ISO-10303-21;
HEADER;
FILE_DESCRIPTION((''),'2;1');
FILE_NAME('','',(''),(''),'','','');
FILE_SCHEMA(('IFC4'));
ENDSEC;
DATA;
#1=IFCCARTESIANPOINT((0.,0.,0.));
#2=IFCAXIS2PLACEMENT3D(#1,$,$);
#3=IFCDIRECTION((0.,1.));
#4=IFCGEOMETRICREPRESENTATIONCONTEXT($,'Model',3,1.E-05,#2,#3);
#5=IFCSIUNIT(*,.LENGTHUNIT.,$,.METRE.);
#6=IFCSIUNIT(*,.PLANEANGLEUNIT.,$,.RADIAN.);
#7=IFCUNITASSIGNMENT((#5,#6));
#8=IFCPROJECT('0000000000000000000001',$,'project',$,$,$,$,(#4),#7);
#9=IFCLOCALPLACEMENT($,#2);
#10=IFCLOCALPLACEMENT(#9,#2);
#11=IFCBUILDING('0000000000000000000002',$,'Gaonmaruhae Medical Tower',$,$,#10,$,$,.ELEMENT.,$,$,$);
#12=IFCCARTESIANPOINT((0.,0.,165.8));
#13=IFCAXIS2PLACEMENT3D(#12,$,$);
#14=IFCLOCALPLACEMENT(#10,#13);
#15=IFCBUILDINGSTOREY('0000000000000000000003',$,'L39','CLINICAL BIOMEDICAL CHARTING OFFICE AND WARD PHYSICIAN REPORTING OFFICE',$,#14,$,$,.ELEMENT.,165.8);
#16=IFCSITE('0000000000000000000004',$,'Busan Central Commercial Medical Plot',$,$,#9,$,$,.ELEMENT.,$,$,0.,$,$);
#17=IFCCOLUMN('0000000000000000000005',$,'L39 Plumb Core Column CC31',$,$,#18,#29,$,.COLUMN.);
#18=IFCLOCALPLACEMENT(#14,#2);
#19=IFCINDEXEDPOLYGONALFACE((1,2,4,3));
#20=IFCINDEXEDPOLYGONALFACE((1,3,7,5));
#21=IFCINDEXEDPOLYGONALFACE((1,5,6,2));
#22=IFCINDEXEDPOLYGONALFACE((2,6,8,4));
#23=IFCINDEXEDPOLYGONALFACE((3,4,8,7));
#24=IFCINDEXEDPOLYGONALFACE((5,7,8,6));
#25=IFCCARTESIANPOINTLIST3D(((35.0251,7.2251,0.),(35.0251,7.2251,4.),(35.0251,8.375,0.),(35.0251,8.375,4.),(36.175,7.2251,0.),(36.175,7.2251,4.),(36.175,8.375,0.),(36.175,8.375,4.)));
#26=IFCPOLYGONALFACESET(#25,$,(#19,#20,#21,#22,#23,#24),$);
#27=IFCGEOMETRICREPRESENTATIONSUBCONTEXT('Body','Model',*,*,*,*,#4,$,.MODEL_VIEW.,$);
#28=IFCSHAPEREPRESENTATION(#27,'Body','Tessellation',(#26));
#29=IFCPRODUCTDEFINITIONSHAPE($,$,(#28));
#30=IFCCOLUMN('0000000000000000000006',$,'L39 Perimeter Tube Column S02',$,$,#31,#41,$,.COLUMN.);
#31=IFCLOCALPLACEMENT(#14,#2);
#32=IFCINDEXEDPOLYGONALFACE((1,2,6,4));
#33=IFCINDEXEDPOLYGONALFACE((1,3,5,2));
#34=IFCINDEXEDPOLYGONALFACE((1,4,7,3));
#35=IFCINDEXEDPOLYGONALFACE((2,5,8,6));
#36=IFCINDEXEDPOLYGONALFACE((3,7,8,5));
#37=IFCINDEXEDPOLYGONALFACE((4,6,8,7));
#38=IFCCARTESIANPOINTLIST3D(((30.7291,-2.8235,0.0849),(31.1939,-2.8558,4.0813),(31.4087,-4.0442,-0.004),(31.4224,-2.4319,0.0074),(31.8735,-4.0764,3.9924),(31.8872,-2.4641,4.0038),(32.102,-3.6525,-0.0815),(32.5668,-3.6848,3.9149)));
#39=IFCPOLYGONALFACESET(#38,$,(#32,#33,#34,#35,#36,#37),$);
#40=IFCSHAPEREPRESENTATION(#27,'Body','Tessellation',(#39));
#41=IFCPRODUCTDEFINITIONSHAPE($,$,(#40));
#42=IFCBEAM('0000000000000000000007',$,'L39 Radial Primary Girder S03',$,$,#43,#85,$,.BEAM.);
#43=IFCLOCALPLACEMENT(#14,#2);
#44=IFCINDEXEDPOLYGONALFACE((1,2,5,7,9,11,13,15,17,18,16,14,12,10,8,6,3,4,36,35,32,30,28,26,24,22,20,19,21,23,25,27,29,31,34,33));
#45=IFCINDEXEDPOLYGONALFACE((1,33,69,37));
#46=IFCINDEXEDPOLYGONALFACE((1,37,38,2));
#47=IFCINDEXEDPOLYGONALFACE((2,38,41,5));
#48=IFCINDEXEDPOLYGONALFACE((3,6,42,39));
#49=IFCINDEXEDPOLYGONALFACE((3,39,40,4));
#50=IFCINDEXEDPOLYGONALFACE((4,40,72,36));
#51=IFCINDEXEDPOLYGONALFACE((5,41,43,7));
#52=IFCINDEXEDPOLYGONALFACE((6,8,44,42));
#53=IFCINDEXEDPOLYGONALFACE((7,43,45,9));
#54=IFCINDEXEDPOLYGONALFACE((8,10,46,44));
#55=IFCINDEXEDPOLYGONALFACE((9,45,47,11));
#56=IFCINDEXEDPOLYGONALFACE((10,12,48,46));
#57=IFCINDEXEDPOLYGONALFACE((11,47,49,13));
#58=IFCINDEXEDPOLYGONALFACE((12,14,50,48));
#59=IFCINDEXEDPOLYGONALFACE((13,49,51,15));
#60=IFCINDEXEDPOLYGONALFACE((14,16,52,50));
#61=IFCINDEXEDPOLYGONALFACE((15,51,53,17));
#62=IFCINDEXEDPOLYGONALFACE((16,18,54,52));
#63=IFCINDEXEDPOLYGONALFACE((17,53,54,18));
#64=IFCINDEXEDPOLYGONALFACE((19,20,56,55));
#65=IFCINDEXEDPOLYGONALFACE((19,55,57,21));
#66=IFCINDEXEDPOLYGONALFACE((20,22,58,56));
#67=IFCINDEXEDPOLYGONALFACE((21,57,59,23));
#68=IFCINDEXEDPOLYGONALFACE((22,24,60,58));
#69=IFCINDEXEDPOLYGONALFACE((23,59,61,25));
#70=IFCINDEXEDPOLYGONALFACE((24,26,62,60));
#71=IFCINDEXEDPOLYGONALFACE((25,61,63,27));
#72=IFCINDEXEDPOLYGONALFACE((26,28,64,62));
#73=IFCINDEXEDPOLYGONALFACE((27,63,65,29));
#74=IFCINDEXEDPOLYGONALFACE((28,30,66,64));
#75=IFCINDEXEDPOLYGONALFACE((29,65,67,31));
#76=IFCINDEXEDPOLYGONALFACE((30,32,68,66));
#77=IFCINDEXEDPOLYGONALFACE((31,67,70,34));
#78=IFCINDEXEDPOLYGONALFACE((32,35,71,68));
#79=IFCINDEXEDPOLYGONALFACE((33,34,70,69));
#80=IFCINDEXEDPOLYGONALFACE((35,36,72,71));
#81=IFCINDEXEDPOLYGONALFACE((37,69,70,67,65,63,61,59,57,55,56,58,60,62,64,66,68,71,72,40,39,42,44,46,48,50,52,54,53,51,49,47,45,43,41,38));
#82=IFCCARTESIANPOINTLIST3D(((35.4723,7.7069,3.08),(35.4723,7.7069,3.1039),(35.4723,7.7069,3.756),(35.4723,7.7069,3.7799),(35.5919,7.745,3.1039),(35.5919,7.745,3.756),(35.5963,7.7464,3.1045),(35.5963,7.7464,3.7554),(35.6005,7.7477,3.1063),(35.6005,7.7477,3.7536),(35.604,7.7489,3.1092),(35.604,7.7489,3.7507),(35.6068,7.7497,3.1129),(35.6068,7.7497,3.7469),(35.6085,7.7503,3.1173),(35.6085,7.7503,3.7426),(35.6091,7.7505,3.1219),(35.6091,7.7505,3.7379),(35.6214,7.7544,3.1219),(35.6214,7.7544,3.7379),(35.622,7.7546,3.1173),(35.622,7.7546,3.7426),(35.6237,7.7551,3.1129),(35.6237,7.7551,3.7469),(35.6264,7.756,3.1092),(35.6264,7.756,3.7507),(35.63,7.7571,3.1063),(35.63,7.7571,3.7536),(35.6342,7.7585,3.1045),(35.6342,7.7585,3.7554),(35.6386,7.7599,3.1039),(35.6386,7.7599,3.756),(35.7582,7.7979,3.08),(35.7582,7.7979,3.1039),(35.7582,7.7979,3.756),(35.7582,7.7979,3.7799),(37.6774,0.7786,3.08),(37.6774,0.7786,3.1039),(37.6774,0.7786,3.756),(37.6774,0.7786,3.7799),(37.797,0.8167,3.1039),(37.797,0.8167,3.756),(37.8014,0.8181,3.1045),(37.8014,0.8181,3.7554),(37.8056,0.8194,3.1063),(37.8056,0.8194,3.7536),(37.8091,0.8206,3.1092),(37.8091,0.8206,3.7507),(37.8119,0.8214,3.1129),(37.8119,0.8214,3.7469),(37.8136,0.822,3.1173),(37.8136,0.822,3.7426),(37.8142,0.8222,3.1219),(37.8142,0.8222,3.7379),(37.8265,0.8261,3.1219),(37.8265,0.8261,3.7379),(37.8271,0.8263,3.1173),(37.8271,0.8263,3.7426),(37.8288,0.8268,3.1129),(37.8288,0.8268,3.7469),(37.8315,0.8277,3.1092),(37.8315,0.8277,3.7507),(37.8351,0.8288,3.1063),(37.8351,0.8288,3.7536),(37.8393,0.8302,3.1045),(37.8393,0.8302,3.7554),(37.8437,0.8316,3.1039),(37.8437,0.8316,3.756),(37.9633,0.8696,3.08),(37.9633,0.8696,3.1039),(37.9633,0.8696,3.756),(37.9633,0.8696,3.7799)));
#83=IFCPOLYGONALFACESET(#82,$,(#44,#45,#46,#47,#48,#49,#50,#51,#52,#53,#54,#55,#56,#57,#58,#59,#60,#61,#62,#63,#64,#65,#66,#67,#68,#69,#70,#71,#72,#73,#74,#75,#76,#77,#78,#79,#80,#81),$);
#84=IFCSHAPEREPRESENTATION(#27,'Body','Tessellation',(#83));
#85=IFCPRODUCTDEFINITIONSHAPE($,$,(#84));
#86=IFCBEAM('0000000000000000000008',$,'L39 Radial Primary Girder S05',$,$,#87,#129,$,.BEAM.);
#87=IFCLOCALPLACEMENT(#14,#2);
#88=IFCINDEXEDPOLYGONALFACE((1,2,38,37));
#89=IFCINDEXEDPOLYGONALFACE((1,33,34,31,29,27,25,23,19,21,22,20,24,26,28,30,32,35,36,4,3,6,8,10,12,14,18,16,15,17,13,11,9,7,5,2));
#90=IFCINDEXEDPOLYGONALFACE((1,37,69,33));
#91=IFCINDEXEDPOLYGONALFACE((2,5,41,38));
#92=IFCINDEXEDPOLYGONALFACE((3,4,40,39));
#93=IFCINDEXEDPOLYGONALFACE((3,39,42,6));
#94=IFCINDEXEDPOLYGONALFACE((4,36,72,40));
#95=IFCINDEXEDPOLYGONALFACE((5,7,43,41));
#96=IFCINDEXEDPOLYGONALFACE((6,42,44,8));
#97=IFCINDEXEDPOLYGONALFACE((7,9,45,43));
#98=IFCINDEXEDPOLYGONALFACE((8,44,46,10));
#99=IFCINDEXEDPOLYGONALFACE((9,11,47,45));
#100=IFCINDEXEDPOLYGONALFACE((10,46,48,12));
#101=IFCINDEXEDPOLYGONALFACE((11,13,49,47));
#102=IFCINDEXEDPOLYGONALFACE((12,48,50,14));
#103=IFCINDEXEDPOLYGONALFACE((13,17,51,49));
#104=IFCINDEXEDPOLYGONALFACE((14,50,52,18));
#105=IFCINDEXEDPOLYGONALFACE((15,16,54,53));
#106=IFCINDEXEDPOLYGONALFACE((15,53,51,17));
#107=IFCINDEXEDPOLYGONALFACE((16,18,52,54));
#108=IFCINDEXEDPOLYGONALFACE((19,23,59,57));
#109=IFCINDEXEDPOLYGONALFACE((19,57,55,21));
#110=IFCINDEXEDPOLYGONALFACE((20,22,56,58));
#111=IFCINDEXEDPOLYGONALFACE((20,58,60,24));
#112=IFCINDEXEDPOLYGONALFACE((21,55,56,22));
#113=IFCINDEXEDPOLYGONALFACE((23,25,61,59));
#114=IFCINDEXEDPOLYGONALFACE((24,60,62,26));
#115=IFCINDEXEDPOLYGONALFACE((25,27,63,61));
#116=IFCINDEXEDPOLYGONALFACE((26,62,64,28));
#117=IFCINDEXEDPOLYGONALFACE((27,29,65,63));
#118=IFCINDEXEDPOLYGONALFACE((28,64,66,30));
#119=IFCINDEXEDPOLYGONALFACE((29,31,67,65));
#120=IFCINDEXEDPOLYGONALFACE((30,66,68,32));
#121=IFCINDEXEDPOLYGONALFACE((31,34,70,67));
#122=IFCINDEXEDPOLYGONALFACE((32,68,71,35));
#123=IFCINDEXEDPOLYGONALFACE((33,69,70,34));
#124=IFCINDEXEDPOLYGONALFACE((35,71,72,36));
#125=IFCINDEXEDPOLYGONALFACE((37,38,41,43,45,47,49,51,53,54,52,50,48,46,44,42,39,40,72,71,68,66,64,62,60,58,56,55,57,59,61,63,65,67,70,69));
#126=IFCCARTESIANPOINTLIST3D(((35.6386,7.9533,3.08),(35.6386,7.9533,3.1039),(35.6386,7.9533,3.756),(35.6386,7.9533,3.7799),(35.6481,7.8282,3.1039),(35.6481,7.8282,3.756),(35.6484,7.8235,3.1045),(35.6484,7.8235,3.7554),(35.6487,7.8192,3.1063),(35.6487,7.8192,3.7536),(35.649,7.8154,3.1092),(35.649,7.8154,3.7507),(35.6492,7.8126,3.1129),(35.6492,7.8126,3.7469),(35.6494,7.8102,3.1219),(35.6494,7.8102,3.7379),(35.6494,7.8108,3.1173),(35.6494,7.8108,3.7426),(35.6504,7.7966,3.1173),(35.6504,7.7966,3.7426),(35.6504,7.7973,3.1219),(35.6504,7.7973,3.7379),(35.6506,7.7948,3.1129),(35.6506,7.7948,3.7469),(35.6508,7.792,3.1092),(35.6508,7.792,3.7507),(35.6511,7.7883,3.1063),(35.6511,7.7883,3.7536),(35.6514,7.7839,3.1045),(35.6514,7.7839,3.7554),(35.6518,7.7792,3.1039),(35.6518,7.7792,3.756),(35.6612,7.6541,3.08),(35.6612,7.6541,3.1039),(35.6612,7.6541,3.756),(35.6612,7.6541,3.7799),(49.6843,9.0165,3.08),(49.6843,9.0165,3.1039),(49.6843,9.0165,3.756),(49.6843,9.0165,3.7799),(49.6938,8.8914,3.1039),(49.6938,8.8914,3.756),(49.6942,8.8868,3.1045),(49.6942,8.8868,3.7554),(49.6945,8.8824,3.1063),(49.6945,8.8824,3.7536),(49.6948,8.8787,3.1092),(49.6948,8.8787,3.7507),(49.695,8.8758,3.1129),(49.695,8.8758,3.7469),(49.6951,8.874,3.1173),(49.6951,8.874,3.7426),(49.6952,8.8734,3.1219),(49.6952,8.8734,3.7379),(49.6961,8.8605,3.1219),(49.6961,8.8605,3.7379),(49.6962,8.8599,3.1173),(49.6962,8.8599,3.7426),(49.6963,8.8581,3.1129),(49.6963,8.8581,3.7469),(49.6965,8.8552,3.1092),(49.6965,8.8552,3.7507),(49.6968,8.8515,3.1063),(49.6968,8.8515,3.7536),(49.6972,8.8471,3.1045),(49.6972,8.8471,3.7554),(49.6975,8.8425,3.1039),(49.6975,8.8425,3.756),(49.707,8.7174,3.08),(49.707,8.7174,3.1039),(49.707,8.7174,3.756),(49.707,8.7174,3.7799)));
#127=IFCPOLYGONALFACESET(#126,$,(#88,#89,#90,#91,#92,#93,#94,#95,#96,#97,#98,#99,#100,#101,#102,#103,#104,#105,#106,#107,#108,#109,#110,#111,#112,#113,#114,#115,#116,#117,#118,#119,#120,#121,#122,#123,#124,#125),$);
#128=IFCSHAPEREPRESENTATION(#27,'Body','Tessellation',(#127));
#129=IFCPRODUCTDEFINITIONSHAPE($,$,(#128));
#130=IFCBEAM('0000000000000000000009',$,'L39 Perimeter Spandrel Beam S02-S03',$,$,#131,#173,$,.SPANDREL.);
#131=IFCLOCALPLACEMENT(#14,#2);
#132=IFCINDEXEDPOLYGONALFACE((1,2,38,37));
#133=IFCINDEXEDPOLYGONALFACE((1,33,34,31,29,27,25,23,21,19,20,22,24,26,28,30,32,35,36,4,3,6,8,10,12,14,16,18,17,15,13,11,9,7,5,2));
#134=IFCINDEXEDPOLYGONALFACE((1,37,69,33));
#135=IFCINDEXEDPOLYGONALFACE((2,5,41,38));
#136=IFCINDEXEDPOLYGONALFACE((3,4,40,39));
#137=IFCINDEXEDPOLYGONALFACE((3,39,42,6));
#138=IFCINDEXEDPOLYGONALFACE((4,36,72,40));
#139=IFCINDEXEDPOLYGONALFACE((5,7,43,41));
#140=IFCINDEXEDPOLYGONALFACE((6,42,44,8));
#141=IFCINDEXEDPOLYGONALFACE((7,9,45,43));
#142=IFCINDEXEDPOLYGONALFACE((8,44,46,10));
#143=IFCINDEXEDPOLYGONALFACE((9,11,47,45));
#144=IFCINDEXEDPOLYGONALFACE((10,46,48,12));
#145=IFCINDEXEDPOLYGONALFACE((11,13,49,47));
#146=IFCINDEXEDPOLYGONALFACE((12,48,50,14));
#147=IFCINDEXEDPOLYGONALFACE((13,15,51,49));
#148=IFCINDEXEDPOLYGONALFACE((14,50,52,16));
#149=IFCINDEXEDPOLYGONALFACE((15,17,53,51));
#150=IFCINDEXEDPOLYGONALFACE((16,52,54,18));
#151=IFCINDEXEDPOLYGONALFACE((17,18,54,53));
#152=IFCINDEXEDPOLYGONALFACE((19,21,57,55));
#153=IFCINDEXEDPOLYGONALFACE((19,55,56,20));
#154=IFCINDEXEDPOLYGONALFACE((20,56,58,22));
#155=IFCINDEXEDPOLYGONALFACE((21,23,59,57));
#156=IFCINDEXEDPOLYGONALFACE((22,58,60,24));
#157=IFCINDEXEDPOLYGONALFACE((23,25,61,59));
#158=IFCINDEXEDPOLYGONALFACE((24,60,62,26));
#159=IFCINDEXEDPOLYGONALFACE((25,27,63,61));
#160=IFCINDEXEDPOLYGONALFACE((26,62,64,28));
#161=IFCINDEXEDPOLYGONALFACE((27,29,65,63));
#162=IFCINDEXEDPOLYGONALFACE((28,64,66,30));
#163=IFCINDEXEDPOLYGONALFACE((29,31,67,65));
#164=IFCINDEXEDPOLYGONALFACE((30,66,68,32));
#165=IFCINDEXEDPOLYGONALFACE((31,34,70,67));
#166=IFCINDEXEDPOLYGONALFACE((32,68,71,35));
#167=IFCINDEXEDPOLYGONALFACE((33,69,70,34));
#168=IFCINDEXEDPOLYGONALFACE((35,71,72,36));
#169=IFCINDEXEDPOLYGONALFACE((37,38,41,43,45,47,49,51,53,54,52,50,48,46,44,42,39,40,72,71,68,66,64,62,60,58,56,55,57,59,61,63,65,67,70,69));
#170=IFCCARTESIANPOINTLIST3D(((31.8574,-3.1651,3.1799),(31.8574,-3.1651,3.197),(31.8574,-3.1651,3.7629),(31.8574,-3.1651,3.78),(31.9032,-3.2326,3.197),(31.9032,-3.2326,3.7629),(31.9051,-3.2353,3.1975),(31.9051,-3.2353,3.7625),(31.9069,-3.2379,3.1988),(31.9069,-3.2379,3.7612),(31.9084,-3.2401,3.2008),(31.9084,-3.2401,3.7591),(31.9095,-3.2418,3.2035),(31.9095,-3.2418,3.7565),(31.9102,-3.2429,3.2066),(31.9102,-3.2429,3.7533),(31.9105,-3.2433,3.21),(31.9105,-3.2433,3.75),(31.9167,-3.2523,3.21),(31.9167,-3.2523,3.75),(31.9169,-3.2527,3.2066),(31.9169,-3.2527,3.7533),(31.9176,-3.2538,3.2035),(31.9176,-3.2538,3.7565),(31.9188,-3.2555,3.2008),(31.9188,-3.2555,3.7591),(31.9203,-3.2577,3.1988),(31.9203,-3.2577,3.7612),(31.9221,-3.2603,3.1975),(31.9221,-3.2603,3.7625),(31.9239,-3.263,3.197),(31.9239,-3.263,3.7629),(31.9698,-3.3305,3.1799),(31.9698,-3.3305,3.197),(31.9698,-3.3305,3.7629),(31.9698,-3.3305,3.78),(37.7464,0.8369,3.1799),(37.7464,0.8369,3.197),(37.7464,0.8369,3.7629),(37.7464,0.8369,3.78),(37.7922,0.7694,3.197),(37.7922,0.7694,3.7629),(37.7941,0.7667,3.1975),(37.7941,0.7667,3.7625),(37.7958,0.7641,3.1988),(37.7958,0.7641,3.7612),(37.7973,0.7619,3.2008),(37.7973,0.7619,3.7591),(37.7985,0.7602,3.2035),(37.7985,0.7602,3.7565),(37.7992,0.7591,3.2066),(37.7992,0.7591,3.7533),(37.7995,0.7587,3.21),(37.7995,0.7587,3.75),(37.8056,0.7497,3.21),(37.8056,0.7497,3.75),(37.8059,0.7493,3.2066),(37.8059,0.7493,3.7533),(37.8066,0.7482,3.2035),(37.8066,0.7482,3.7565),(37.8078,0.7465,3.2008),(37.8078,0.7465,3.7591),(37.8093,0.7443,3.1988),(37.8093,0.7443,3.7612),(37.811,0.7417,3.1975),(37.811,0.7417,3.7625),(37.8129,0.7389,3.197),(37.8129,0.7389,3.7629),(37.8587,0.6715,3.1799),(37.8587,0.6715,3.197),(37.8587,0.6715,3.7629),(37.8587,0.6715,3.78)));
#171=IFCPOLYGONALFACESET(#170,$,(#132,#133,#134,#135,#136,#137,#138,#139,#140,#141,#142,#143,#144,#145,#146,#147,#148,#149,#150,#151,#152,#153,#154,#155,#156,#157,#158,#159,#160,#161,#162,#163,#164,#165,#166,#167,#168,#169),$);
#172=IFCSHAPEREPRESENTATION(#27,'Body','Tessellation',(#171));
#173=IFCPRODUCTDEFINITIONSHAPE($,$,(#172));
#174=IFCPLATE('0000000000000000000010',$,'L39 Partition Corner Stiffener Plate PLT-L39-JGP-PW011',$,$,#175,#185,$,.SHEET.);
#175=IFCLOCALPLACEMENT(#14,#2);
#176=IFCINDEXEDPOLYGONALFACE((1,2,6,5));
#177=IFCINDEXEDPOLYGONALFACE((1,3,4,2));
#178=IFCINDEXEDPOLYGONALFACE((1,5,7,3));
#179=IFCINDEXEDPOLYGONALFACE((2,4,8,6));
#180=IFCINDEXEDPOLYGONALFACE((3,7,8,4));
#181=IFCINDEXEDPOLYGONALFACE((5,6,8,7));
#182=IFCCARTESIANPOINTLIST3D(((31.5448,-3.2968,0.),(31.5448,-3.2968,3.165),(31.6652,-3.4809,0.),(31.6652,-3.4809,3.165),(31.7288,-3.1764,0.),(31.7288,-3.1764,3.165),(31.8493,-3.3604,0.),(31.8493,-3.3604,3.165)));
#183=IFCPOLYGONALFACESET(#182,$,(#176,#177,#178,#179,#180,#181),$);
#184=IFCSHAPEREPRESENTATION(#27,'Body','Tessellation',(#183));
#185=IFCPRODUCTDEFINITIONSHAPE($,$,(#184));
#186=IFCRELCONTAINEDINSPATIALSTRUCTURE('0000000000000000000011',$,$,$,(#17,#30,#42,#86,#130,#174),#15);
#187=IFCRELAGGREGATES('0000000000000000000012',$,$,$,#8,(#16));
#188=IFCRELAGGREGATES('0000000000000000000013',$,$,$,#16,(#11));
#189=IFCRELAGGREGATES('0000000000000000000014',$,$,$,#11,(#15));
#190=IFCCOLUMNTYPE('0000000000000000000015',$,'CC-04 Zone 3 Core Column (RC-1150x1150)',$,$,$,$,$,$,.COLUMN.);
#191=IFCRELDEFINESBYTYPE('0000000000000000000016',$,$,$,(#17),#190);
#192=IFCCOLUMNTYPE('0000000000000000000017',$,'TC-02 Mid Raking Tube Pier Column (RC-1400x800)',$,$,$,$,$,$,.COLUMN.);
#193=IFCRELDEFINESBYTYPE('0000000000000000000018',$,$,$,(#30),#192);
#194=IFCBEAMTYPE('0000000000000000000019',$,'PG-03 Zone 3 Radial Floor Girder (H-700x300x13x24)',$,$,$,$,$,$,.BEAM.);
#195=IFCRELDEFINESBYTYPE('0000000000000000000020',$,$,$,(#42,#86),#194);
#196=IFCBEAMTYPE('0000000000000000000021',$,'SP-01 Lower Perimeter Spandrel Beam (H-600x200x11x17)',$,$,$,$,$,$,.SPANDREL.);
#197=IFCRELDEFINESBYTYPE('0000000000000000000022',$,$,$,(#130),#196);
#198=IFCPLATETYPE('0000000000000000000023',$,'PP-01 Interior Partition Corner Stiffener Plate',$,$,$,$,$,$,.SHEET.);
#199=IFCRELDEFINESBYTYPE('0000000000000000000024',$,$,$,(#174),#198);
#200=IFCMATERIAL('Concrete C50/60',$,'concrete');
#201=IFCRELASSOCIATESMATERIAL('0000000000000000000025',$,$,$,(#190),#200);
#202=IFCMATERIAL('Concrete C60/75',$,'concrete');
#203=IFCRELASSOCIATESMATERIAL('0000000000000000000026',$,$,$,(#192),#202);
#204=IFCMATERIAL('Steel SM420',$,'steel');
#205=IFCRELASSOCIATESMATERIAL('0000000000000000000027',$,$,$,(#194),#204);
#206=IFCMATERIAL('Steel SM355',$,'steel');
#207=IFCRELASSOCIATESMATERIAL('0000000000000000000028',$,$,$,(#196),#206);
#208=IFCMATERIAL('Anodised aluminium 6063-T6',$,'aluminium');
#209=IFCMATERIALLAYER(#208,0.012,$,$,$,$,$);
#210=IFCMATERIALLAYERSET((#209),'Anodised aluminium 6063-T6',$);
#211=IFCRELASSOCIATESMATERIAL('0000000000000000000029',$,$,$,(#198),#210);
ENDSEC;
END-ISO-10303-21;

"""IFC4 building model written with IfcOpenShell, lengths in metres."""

from ifc_helpers import new_model, si_unit, direction, frame, origin, origin_2d, place, context, subcontext, project, spatial, rectangle, i_section, extrude, material, layer, layer_set, material_profile, profile_set, type_object, element, save


model = new_model("IFC4")

# Units and contexts
model_context = context("Model", 3, precision=1e-05, world=origin(), true_north=direction((0.0, 1.0)))
body_context = subcontext(model_context, "Body", "Model", "MODEL_VIEW")
ifc_project = project(units=[si_unit("LENGTHUNIT", "METRE"), si_unit("PLANEANGLEUNIT", "RADIAN")], contexts=[model_context])

# Site, building, storey
site_placement = place(None, origin())
site = spatial("IfcSite", under=ifc_project, at=site_placement, Name="Busan Central Commercial Medical Plot", CompositionType="ELEMENT", RefElevation=0.0)
building_placement = place(site_placement, origin())
building = spatial("IfcBuilding", under=site, at=building_placement, Name="Gaonmaruhae Medical Tower", CompositionType="ELEMENT")
storey_placement = place(building_placement, frame((0.0, 0.0, 165.8)))
storey = spatial("IfcBuildingStorey", under=building, at=storey_placement, Name="L39", Description="CLINICAL BIOMEDICAL CHARTING OFFICE AND WARD PHYSICIAN REPORTING OFFICE", CompositionType="ELEMENT", Elevation=165.8)

# Columns
ifc_material_1 = material(Name="Concrete C50/60", Category="concrete")
ifc_material_profile_1 = material_profile(ifc_material_1, rectangle(XDim=1.1499, YDim=1.1499, at=origin_2d()), Name="RC-1150x1150")
ifc_profile_set_1 = profile_set([ifc_material_profile_1], Name="Concrete C50/60")
column_type_1 = type_object("IfcColumnType", Name="CC-04 Zone 3 Core Column (RC-1150x1150)", PredefinedType="COLUMN", material=ifc_profile_set_1)
column_1_placement = place(storey_placement, frame((35.6001, 7.8, 0.0), z_axis=(0.0, 0.0, 1.0), x_axis=(1.0, 0.0, 0.0)))
element("IfcColumn", 1, at=column_1_placement, inside=storey, type_object=column_type_1, Name="L39 Plumb Core Column CC31", PredefinedType="COLUMN", context=body_context, shape_type="SweptSolid", body=[
    extrude(rectangle(XDim=1.1499, YDim=1.1499, at=origin_2d()), origin(), (0.0, 0.0, 1.0), 4.0),
])
ifc_material_2 = material(Name="Concrete C60/75", Category="concrete")
ifc_material_profile_2 = material_profile(ifc_material_2, rectangle(XDim=1.3999, YDim=0.8, at=origin_2d()), Name="RC-1400x800")
ifc_profile_set_2 = profile_set([ifc_material_profile_2], Name="Concrete C60/75")
column_type_2 = type_object("IfcColumnType", Name="TC-02 Mid Raking Tube Pier Column (RC-1400x800)", PredefinedType="COLUMN", material=ifc_profile_set_2)
column_2_placement = place(storey_placement, frame((31.4155, -3.238, 0.0017), z_axis=(0.115535, -0.00801, 0.993271), x_axis=(-0.485461, 0.871949, 0.063499)))
element("IfcColumn", 2, at=column_2_placement, inside=storey, type_object=column_type_2, Name="L39 Perimeter Tube Column S02", PredefinedType="COLUMN", context=body_context, shape_type="SweptSolid", body=[
    extrude(rectangle(XDim=1.3999, YDim=0.8, at=origin_2d()), origin(), (0.0, 0.0, 1.0), 4.0234),
])

# Beams
ifc_material_3 = material(Name="Steel SM420", Category="steel")
ifc_material_profile_3 = material_profile(ifc_material_3, i_section(OverallWidth=0.3, OverallDepth=0.7, WebThickness=0.0129, FlangeThickness=0.0239, FilletRadius=0.0181, at=origin_2d()), Name="H-700x300x13x24")
ifc_profile_set_3 = profile_set([ifc_material_profile_3], Name="Steel SM420")
beam_type_1 = type_object("IfcBeamType", Name="PG-03 Zone 3 Radial Floor Girder (H-700x300x13x24)", PredefinedType="BEAM", material=ifc_profile_set_3)
beam_1_placement = place(storey_placement, frame((35.6152, 7.7524, 3.4299), z_axis=(0.303284, -0.9529, 0.0), x_axis=(0.9529, 0.303284, 0.0)))
element("IfcBeam", 3, at=beam_1_placement, inside=storey, type_object=beam_type_1, Name="L39 Radial Primary Girder S03", PredefinedType="BEAM", context=body_context, shape_type="SweptSolid", body=[
    extrude(i_section(OverallWidth=0.3, OverallDepth=0.7, WebThickness=0.0129, FlangeThickness=0.0239, FilletRadius=0.0181, at=origin_2d()), origin(), (0.0, 0.0, 1.0), 7.2708),
])
beam_2_placement = place(storey_placement, frame((35.6499, 7.8037, 3.4299), z_axis=(0.997147, 0.075482, 0.0), x_axis=(-0.075482, 0.997147, 0.0)))
element("IfcBeam", 4, at=beam_2_placement, inside=storey, type_object=beam_type_1, Name="L39 Radial Primary Girder S05", PredefinedType="BEAM", context=body_context, shape_type="SweptSolid", body=[
    extrude(i_section(OverallWidth=0.3, OverallDepth=0.7, WebThickness=0.0129, FlangeThickness=0.0239, FilletRadius=0.0181, at=origin_2d()), origin(), (0.0, 0.0, 1.0), 14.0859),
])
ifc_material_4 = material(Name="Steel SM355", Category="steel")
ifc_material_profile_4 = material_profile(ifc_material_4, i_section(OverallWidth=0.2, OverallDepth=0.6001, WebThickness=0.011, FlangeThickness=0.0171, FilletRadius=0.0129, at=origin_2d()), Name="H-600x200x11x17")
ifc_profile_set_4 = profile_set([ifc_material_profile_4], Name="Steel SM355")
beam_type_2 = type_object("IfcBeamType", Name="SP-01 Lower Perimeter Spandrel Beam (H-600x200x11x17)", PredefinedType="SPANDREL", material=ifc_profile_set_4)
beam_3_placement = place(storey_placement, frame((31.9136, -3.2478, 3.48), z_axis=(0.82709, 0.562069, 0.0), x_axis=(-0.562069, 0.82709, 0.0)))
element("IfcBeam", 5, at=beam_3_placement, inside=storey, type_object=beam_type_2, Name="L39 Perimeter Spandrel Beam S02-S03", PredefinedType="SPANDREL", context=body_context, shape_type="SweptSolid", body=[
    extrude(i_section(OverallWidth=0.2, OverallDepth=0.6001, WebThickness=0.011, FlangeThickness=0.0171, FilletRadius=0.0129, at=origin_2d()), origin(), (0.0, 0.0, 1.0), 7.1201),
])

# Plate
ifc_material_5 = material(Name="Anodised aluminium 6063-T6", Category="aluminium")
ifc_layer_1 = layer(ifc_material_5, 0.012)
ifc_layer_set_1 = layer_set([ifc_layer_1], Name="Anodised aluminium 6063-T6")
plate_type = type_object("IfcPlateType", Name="PP-01 Interior Partition Corner Stiffener Plate", PredefinedType="SHEET", material=ifc_layer_set_1)
plate_1_placement = place(storey_placement, frame((31.697, -3.3286, 0.0), z_axis=(0.0, 0.0, 1.0), x_axis=(-0.836707, -0.547651, 0.0)))
element("IfcPlate", 6, at=plate_1_placement, inside=storey, type_object=plate_type, Name="L39 Partition Corner Stiffener Plate PLT-L39-JGP-PW011", PredefinedType="SHEET", context=body_context, shape_type="SweptSolid", body=[
    extrude(rectangle(XDim=0.22, YDim=0.22, at=origin_2d()), origin(), (0.0, 0.0, 1.0), 3.165),
])

save(model, "model.ifc")
